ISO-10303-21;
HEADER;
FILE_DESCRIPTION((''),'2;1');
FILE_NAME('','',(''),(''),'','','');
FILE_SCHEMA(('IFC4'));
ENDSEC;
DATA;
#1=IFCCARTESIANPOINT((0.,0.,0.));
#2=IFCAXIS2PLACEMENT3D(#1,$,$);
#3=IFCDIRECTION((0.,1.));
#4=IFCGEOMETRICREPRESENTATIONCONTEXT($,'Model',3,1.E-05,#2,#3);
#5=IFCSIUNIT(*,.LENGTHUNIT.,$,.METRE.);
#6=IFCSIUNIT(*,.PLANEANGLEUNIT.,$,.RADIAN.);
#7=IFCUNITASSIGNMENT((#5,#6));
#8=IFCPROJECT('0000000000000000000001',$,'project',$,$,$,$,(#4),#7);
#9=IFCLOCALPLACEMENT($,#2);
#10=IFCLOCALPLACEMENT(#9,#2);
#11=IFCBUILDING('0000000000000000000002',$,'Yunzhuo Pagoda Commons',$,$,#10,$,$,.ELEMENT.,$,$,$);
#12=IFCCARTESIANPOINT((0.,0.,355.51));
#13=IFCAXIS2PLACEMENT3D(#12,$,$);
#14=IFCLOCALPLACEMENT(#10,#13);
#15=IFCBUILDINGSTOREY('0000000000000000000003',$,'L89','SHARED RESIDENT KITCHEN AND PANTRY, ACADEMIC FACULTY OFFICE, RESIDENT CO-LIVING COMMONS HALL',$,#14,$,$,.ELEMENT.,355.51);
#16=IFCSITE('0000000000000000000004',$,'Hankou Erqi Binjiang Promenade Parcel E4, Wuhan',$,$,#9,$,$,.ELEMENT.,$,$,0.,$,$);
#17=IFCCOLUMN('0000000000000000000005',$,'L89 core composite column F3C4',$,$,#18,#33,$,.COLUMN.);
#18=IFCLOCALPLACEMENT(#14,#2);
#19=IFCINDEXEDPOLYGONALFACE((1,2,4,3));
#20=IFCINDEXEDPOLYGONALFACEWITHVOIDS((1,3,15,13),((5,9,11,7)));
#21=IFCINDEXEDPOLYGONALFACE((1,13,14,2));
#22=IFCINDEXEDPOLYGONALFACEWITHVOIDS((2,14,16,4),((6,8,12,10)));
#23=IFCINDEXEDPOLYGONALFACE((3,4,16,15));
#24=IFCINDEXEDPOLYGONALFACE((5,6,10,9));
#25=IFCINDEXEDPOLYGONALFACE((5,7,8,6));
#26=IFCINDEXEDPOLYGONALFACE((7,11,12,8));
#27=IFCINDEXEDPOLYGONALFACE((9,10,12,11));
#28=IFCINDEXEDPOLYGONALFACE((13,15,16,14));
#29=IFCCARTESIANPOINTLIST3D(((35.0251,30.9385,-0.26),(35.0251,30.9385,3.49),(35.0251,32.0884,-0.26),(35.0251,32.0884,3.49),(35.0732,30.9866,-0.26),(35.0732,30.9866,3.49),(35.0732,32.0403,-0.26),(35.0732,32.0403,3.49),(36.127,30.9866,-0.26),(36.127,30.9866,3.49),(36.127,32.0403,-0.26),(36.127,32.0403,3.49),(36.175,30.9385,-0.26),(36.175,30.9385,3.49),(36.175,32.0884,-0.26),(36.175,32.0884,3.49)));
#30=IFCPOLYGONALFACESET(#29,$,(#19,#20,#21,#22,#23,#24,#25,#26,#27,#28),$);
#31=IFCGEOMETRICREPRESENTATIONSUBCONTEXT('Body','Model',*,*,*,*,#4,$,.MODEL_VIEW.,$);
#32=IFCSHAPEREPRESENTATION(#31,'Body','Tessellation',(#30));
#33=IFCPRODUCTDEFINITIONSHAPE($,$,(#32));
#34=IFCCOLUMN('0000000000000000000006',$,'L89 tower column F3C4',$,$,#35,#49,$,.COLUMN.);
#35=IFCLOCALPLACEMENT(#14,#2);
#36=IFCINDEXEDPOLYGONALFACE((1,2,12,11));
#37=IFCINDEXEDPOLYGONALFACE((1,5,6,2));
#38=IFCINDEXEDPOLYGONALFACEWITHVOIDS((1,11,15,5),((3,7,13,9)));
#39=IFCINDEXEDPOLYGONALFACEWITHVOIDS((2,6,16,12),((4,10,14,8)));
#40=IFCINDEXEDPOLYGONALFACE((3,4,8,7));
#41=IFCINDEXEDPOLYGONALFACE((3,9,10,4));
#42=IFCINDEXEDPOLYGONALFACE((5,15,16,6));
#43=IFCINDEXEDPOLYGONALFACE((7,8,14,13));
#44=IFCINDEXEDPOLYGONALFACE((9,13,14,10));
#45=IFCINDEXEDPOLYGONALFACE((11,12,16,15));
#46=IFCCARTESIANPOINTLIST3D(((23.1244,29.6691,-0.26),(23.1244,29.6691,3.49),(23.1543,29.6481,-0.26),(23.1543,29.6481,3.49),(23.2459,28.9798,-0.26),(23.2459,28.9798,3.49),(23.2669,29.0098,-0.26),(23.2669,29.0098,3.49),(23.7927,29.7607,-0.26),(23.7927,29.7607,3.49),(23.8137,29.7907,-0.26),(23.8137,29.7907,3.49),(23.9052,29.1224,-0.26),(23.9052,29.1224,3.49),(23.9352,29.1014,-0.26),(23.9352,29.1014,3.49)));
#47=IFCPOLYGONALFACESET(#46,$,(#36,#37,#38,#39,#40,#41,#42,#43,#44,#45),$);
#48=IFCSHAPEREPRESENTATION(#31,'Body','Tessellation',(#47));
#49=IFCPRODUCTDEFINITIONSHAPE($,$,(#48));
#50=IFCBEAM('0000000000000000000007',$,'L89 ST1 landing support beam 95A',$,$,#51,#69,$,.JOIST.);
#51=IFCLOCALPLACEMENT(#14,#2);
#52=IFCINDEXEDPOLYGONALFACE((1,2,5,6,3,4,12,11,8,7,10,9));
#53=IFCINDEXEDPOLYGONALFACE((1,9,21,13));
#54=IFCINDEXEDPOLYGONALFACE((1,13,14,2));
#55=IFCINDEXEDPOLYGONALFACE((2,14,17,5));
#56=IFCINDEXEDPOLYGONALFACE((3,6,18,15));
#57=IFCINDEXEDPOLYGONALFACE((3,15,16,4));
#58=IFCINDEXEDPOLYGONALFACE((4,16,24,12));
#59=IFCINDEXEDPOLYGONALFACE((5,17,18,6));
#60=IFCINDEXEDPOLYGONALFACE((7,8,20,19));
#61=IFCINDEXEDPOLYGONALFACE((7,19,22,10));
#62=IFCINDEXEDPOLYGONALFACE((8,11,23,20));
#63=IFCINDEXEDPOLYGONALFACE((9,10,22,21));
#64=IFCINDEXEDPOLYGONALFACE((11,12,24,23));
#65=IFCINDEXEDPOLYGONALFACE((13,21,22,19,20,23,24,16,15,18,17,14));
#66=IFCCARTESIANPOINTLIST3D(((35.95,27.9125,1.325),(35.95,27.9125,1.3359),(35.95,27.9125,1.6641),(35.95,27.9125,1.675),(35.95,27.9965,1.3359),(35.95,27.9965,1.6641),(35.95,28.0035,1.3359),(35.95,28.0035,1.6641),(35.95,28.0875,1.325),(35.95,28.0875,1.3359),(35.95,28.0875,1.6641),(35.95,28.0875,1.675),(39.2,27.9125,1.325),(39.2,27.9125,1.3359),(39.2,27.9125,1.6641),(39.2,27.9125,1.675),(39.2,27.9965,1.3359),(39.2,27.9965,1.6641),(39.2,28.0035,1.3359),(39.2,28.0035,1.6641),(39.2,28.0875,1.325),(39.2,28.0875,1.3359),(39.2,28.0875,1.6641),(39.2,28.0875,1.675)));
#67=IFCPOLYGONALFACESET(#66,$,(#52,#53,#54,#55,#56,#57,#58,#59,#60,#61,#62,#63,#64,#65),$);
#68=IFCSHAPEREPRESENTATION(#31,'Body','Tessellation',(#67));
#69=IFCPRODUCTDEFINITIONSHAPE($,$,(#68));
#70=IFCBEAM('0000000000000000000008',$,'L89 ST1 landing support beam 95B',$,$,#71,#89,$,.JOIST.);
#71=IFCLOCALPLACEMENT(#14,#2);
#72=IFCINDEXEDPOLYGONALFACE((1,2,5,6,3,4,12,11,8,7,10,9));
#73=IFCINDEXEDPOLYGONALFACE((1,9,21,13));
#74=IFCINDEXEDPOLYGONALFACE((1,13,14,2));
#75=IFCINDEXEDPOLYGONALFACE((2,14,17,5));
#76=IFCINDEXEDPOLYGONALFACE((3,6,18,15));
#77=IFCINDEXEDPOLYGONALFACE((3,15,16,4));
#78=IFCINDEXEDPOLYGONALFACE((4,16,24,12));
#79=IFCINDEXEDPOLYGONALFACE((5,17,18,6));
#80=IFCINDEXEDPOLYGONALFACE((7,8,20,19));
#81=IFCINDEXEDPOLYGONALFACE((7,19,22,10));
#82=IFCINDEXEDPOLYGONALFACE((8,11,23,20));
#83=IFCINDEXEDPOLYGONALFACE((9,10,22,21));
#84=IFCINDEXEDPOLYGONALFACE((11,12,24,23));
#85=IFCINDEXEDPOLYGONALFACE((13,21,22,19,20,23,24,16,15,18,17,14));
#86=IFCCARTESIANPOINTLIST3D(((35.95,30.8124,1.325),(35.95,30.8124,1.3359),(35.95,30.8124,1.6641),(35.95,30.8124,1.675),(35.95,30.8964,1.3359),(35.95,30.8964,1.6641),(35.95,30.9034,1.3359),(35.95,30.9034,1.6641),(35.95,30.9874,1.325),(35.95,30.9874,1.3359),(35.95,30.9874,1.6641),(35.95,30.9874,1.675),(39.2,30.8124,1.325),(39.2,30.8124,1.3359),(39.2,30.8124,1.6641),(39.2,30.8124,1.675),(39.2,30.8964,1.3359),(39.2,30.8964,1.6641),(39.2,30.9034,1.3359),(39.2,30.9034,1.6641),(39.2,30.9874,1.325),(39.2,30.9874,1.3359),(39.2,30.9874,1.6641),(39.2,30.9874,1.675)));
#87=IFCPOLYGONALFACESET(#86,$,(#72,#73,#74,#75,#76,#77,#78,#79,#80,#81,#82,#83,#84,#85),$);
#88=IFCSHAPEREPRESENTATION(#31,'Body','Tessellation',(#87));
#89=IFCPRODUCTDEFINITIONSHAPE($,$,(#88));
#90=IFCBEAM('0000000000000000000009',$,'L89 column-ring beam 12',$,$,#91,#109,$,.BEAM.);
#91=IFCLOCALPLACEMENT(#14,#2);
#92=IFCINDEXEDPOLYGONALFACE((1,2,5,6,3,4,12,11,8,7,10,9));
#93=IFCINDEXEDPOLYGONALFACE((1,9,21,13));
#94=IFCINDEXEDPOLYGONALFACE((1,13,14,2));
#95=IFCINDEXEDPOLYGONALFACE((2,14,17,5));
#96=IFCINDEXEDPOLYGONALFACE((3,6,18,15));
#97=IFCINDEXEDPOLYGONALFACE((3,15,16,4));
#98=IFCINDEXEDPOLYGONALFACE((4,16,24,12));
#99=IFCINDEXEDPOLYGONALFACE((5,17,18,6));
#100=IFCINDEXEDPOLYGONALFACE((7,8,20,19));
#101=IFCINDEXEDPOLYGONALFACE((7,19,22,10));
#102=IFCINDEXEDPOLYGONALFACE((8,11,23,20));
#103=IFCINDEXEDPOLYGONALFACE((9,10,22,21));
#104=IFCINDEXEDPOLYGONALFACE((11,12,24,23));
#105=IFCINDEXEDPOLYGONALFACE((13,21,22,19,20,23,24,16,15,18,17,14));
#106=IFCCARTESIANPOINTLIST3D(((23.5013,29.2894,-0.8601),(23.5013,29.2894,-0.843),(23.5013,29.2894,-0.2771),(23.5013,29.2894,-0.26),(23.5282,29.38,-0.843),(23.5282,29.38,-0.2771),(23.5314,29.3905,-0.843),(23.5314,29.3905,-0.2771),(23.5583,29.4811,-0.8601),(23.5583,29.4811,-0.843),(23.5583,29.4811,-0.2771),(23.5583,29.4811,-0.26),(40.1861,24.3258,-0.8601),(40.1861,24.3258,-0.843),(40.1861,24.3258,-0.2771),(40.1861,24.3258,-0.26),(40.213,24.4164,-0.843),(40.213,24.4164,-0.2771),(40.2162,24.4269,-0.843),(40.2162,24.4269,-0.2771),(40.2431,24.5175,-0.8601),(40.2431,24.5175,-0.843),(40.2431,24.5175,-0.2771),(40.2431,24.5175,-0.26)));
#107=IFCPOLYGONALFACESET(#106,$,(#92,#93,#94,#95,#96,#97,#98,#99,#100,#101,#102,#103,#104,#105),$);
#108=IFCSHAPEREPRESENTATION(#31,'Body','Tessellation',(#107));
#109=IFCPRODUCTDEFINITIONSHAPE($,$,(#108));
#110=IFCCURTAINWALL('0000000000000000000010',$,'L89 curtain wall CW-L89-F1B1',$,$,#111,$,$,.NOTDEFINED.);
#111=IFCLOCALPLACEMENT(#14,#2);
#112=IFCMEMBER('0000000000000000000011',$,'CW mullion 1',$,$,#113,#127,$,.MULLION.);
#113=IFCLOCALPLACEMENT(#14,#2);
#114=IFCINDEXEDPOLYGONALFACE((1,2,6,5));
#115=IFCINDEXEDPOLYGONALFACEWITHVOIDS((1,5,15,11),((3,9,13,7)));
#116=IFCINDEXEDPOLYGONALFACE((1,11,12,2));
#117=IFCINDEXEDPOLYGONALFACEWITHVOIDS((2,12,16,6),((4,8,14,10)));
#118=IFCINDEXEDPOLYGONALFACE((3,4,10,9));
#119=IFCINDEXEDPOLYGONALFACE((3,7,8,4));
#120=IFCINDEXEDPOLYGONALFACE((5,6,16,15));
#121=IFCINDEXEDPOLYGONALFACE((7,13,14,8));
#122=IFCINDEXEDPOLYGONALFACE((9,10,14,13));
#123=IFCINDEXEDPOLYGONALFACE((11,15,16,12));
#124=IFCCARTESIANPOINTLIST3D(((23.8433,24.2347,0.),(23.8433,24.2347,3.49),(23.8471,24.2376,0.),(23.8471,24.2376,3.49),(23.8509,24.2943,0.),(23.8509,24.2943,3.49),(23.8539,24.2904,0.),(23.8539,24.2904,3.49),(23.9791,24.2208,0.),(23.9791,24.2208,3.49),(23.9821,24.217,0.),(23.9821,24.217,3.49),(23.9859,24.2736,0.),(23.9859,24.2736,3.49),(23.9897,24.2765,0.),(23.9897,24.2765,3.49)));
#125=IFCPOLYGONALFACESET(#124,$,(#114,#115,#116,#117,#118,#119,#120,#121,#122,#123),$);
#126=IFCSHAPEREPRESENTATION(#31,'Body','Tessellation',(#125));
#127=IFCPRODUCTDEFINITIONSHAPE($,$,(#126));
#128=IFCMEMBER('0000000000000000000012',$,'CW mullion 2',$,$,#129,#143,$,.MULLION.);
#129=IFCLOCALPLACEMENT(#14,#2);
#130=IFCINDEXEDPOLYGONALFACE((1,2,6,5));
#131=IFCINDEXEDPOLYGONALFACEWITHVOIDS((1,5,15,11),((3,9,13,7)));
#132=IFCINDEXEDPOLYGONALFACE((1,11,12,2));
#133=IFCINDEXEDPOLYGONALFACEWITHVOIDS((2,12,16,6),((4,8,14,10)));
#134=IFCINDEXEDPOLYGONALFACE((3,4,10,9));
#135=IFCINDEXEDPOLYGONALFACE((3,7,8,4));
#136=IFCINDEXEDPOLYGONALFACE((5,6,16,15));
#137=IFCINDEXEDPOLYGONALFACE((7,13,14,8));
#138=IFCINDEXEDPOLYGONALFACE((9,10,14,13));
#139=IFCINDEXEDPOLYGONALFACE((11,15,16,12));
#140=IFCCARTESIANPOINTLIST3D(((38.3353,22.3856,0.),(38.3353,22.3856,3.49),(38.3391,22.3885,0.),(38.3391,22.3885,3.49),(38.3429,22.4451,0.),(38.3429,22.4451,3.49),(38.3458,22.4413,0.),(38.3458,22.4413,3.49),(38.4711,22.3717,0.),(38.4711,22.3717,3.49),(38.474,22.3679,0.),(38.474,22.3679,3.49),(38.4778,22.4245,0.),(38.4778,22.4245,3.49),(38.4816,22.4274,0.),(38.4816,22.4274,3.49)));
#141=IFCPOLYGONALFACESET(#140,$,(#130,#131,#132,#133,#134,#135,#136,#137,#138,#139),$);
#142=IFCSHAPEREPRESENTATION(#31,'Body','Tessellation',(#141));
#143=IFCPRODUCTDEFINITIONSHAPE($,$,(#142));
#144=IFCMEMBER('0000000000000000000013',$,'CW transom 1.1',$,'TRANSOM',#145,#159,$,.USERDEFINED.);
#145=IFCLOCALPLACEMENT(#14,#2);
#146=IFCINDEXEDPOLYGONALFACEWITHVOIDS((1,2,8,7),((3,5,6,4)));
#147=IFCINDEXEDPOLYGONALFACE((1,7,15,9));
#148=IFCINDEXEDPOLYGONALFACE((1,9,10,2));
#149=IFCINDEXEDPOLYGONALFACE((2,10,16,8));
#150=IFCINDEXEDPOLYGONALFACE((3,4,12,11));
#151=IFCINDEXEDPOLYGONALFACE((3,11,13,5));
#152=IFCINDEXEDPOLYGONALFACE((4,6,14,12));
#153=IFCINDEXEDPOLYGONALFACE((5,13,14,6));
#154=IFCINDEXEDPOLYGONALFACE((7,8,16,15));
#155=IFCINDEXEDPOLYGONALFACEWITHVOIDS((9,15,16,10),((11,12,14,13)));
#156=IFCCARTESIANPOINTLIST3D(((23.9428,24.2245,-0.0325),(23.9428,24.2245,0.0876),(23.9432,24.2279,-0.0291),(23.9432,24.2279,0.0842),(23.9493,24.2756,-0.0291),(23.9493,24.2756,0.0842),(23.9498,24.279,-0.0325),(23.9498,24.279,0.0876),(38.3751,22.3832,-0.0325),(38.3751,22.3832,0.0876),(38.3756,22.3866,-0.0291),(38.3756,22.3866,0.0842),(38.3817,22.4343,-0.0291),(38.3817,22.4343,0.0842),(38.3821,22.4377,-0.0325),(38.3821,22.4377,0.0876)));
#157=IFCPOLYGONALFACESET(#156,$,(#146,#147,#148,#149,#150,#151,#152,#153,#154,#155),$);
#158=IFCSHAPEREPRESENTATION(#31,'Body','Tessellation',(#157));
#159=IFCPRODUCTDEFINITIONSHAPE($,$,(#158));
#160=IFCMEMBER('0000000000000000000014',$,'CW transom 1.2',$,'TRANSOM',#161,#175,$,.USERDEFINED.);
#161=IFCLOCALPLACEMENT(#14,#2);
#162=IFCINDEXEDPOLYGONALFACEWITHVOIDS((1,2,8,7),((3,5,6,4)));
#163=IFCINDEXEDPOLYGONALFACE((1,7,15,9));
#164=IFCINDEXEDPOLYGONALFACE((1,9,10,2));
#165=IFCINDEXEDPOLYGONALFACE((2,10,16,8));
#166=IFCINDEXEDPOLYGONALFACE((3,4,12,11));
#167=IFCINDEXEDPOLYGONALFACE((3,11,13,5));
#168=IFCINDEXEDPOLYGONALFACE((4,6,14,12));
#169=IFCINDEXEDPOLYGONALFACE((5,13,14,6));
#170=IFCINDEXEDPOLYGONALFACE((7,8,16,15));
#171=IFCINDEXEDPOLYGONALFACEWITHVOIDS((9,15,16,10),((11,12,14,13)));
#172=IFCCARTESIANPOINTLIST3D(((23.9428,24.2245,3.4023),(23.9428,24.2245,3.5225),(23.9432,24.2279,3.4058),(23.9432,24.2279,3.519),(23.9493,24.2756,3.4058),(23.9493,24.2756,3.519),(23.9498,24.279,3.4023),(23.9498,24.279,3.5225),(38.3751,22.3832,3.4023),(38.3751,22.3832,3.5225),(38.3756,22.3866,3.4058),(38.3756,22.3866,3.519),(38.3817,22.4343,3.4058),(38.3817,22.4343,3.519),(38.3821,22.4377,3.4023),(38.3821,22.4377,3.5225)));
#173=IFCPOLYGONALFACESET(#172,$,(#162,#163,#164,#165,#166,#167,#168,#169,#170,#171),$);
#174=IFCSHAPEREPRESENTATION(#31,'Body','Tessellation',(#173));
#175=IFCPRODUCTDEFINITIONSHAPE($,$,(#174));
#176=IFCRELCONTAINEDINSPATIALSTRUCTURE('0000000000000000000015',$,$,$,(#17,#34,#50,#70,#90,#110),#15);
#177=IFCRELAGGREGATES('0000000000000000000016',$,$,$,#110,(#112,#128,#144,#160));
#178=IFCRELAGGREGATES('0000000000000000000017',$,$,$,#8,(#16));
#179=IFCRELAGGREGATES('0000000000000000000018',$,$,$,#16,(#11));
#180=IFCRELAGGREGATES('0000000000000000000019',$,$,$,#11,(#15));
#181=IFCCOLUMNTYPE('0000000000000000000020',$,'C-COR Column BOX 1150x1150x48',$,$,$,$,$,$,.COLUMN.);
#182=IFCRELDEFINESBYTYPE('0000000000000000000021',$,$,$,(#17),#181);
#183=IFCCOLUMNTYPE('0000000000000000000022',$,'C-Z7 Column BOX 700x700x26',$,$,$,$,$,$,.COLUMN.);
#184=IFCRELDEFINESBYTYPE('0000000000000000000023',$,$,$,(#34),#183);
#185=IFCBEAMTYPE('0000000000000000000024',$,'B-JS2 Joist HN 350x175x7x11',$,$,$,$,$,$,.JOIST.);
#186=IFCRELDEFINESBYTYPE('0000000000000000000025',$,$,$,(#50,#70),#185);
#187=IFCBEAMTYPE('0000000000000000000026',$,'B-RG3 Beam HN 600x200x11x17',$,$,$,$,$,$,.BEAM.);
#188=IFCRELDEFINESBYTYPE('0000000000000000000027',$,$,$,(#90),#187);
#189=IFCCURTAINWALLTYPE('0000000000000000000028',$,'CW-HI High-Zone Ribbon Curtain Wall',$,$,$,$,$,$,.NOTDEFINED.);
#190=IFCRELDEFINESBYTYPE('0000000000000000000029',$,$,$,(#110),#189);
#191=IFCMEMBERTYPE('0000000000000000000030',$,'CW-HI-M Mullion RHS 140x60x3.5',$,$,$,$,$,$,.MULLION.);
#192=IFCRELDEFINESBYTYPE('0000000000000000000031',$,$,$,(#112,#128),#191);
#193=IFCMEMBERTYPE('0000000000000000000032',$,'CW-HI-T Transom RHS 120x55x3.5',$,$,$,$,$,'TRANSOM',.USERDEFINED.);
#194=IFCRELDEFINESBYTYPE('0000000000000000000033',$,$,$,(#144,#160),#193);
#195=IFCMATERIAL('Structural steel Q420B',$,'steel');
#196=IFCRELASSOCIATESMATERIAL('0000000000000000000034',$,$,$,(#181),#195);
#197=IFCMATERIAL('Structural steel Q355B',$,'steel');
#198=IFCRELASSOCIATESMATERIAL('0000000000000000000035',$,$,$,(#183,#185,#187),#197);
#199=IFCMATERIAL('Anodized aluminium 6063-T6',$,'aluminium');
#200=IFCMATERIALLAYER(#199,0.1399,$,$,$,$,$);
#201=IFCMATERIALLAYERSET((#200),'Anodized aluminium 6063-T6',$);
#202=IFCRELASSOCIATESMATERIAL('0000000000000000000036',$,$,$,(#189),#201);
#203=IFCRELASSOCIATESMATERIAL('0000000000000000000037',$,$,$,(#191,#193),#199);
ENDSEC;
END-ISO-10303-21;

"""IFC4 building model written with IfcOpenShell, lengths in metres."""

from ifc_helpers import new_model, si_unit, direction, frame, origin, origin_2d, place, context, subcontext, project, spatial, hollow_rectangle, i_section, extrude, source, transform, mapped, material, layer, layer_set, material_profile, profile_set, type_object, element, aggregate, save


model = new_model("IFC4")

# Units and contexts
model_context = context("Model", 3, precision=1e-05, world=origin(), true_north=direction((0.0, 1.0)))
body_context = subcontext(model_context, "Body", "Model", "MODEL_VIEW")
ifc_project = project(units=[si_unit("LENGTHUNIT", "METRE"), si_unit("PLANEANGLEUNIT", "RADIAN")], contexts=[model_context])

# Site, building, storey
site_placement = place(None, origin())
site = spatial("IfcSite", under=ifc_project, at=site_placement, Name="Hankou Erqi Binjiang Promenade Parcel E4, Wuhan", CompositionType="ELEMENT", RefElevation=0.0)
building_placement = place(site_placement, origin())
building = spatial("IfcBuilding", under=site, at=building_placement, Name="Yunzhuo Pagoda Commons", CompositionType="ELEMENT")
storey_placement = place(building_placement, frame((0.0, 0.0, 355.51)))
storey = spatial("IfcBuildingStorey", under=building, at=storey_placement, Name="L89", Description="SHARED RESIDENT KITCHEN AND PANTRY, ACADEMIC FACULTY OFFICE, RESIDENT CO-LIVING COMMONS HALL", CompositionType="ELEMENT", Elevation=355.51)

# Columns
ifc_material_1 = material(Name="Structural steel Q420B", Category="steel")
ifc_material_profile_1 = material_profile(ifc_material_1, hollow_rectangle(XDim=1.1499, YDim=1.1499, WallThickness=0.0481, at=origin_2d()), Name="Structural steel Q420B")
ifc_profile_set_1 = profile_set([ifc_material_profile_1], Name="Structural steel Q420B")
column_type_1 = type_object("IfcColumnType", Name="C-COR Column BOX 1150x1150x48", PredefinedType="COLUMN", material=ifc_profile_set_1)
shared_shape_1 = source(origin(), body_context, "Body", "SweptSolid", [
    extrude(hollow_rectangle(XDim=1.1499, YDim=1.1499, WallThickness=0.0481, at=origin_2d()), origin(), (0.0, 0.0, 1.0), 3.75),
])
column_1_placement = place(storey_placement, frame((35.6001, 31.5134, -0.26), z_axis=(0.0, 0.0, 1.0), x_axis=(1.0, 0.0, 0.0)))
element("IfcColumn", 1, at=column_1_placement, inside=storey, type_object=column_type_1, Name="L89 core composite column F3C4", PredefinedType="COLUMN", context=body_context, shape_type="MappedRepresentation", body=[
    mapped(shared_shape_1, transform((0.0, 0.0, 0.0), scale=1.0)),
])
ifc_material_2 = material(Name="Structural steel Q355B", Category="steel")
ifc_material_profile_2 = material_profile(ifc_material_2, hollow_rectangle(XDim=0.7, YDim=0.7, WallThickness=0.0259, at=origin_2d()), Name="Structural steel Q355B")
ifc_profile_set_2 = profile_set([ifc_material_profile_2], Name="Structural steel Q355B")
column_type_2 = type_object("IfcColumnType", Name="C-Z7 Column BOX 700x700x26", PredefinedType="COLUMN", material=ifc_profile_set_2)
shared_shape_2 = source(origin(), body_context, "Body", "SweptSolid", [
    extrude(hollow_rectangle(XDim=0.7, YDim=0.7, WallThickness=0.0259, at=origin_2d()), origin(), (0.0, 0.0, 1.0), 3.75),
])
column_2_placement = place(storey_placement, frame((23.5298, 29.3853, -0.26), z_axis=(0.0, 0.0, 1.0), x_axis=(0.173648, -0.984808, 0.0)))
element("IfcColumn", 2, at=column_2_placement, inside=storey, type_object=column_type_2, Name="L89 tower column F3C4", PredefinedType="COLUMN", context=body_context, shape_type="MappedRepresentation", body=[
    mapped(shared_shape_2, transform((0.0, 0.0, 0.0), scale=1.0)),
])

# Beams
ifc_material_profile_3 = material_profile(ifc_material_2, i_section(OverallWidth=0.175, OverallDepth=0.3501, WebThickness=0.0071, FlangeThickness=0.011, at=origin_2d()), Name="Structural steel Q355B")
ifc_profile_set_3 = profile_set([ifc_material_profile_3], Name="Structural steel Q355B")
beam_type_1 = type_object("IfcBeamType", Name="B-JS2 Joist HN 350x175x7x11", PredefinedType="JOIST", material=ifc_profile_set_3)
shared_shape_3 = source(origin(), body_context, "Body", "SweptSolid", [
    extrude(i_section(OverallWidth=0.175, OverallDepth=0.3501, WebThickness=0.0071, FlangeThickness=0.011, at=origin_2d()), origin(), (0.0, 0.0, 1.0), 3.25),
])
for number, where, z_axis, x_axis, name in (
    (3, (35.95, 28.0, 1.5), (1.0, 0.0, 0.0), (0.0, 1.0, 0.0), "L89 ST1 landing support beam 95A"),
    (4, (35.95, 30.8999, 1.5), (1.0, 0.0, 0.0), (0.0, 1.0, 0.0), "L89 ST1 landing support beam 95B"),
):
    element("IfcBeam", number, at=place(storey_placement, frame(where, z_axis=z_axis, x_axis=x_axis)), inside=storey, type_object=beam_type_1, Name=name, PredefinedType="JOIST", context=body_context, shape_type="MappedRepresentation", body=[
        mapped(shared_shape_3, transform((0.0, 0.0, 0.0), scale=1.0)),
    ])
ifc_material_profile_4 = material_profile(ifc_material_2, i_section(OverallWidth=0.2, OverallDepth=0.6001, WebThickness=0.011, FlangeThickness=0.0171, at=origin_2d()), Name="Structural steel Q355B")
ifc_profile_set_4 = profile_set([ifc_material_profile_4], Name="Structural steel Q355B")
beam_type_2 = type_object("IfcBeamType", Name="B-RG3 Beam HN 600x200x11x17", PredefinedType="BEAM", material=ifc_profile_set_4)
shared_shape_4 = source(origin(), body_context, "Body", "SweptSolid", [
    extrude(i_section(OverallWidth=0.2, OverallDepth=0.6001, WebThickness=0.011, FlangeThickness=0.0171, at=origin_2d()), origin(), (0.0, 0.0, 1.0), 17.4075),
])
beam_placement = place(storey_placement, frame((23.5298, 29.3853, -0.5601), z_axis=(0.958485, -0.285143, 0.0), x_axis=(0.285143, 0.958485, 0.0)))
element("IfcBeam", 5, at=beam_placement, inside=storey, type_object=beam_type_2, Name="L89 column-ring beam 12", PredefinedType="BEAM", context=body_context, shape_type="MappedRepresentation", body=[
    mapped(shared_shape_4, transform((0.0, 0.0, 0.0), scale=1.0)),
])

# Curtain wall, members
ifc_material_3 = material(Name="Anodized aluminium 6063-T6", Category="aluminium")
ifc_layer_1 = layer(ifc_material_3, 0.1399)
ifc_layer_set_1 = layer_set([ifc_layer_1], Name="Anodized aluminium 6063-T6")
curtain_wall_type = type_object("IfcCurtainWallType", Name="CW-HI High-Zone Ribbon Curtain Wall", PredefinedType="NOTDEFINED", material=ifc_layer_set_1)
curtain_wall_1_placement = place(storey_placement, origin())
curtain_wall_1 = element("IfcCurtainWall", 6, at=curtain_wall_1_placement, inside=storey, type_object=curtain_wall_type, Name="L89 curtain wall CW-L89-F1B1", PredefinedType="NOTDEFINED")
ifc_material_profile_5 = material_profile(ifc_material_3, hollow_rectangle(XDim=0.0601, YDim=0.1399, WallThickness=0.0034, at=origin_2d()), Name="Anodized aluminium 6063-T6")
ifc_profile_set_5 = profile_set([ifc_material_profile_5], Name="Anodized aluminium 6063-T6")
member_type_1 = type_object("IfcMemberType", Name="CW-HI-M Mullion RHS 140x60x3.5", PredefinedType="MULLION", material=ifc_profile_set_5)
shared_shape_5 = source(origin(), body_context, "Body", "SweptSolid", [
    extrude(hollow_rectangle(XDim=0.0601, YDim=0.1399, WallThickness=0.0034, at=origin_2d()), origin(), (0.0, 0.0, 1.0), 3.49),
])
member_1_placement = place(storey_placement, frame((23.9165, 24.2556, 0.0), z_axis=(0.0, 0.0, 1.0), x_axis=(0.126571, 0.991958, 0.0)))
member_1 = element("IfcMember", 7, at=member_1_placement, type_object=member_type_1, Name="CW mullion 1", PredefinedType="MULLION", context=body_context, shape_type="MappedRepresentation", body=[
    mapped(shared_shape_5, transform((0.0, 0.0, 0.0), scale=1.0)),
])
member_2_placement = place(storey_placement, frame((38.4084, 22.4065, 0.0), z_axis=(0.0, 0.0, 1.0), x_axis=(0.126571, 0.991958, 0.0)))
member_2 = element("IfcMember", 8, at=member_2_placement, type_object=member_type_1, Name="CW mullion 2", PredefinedType="MULLION", context=body_context, shape_type="MappedRepresentation", body=[
    mapped(shared_shape_5, transform((0.0, 0.0, 0.0), scale=1.0)),
])
ifc_material_profile_6 = material_profile(ifc_material_3, hollow_rectangle(XDim=0.0549, YDim=0.1201, WallThickness=0.0034, at=origin_2d()), Name="Anodized aluminium 6063-T6")
ifc_profile_set_6 = profile_set([ifc_material_profile_6], Name="Anodized aluminium 6063-T6")
member_type_2 = type_object("IfcMemberType", Name="CW-HI-T Transom RHS 120x55x3.5", ElementType="TRANSOM", PredefinedType="USERDEFINED", material=ifc_profile_set_6)
shared_shape_6 = source(origin(), body_context, "Body", "SweptSolid", [
    extrude(hollow_rectangle(XDim=0.0549, YDim=0.1201, WallThickness=0.0034, at=origin_2d()), origin(), (0.0, 0.0, 1.0), 14.5493),
])
member_3_placement = place(storey_placement, frame((23.9463, 24.2517, 0.0276), z_axis=(0.991959, -0.126556, 0.0), x_axis=(0.126556, 0.991959, 0.0)))
member_3 = element("IfcMember", 9, at=member_3_placement, type_object=member_type_2, Name="CW transom 1.1", ObjectType="TRANSOM", PredefinedType="USERDEFINED", context=body_context, shape_type="MappedRepresentation", body=[
    mapped(shared_shape_6, transform((0.0, 0.0, 0.0), scale=1.0)),
])
member_4_placement = place(storey_placement, frame((23.9463, 24.2517, 3.4624), z_axis=(0.991959, -0.126556, 0.0), x_axis=(0.126556, 0.991959, 0.0)))
member_4 = element("IfcMember", 10, at=member_4_placement, type_object=member_type_2, Name="CW transom 1.2", ObjectType="TRANSOM", PredefinedType="USERDEFINED", context=body_context, shape_type="MappedRepresentation", body=[
    mapped(shared_shape_6, transform((0.0, 0.0, 0.0), scale=1.0)),
])

aggregate(curtain_wall_1, [member_1, member_2, member_3, member_4])

save(model, "model.ifc")
